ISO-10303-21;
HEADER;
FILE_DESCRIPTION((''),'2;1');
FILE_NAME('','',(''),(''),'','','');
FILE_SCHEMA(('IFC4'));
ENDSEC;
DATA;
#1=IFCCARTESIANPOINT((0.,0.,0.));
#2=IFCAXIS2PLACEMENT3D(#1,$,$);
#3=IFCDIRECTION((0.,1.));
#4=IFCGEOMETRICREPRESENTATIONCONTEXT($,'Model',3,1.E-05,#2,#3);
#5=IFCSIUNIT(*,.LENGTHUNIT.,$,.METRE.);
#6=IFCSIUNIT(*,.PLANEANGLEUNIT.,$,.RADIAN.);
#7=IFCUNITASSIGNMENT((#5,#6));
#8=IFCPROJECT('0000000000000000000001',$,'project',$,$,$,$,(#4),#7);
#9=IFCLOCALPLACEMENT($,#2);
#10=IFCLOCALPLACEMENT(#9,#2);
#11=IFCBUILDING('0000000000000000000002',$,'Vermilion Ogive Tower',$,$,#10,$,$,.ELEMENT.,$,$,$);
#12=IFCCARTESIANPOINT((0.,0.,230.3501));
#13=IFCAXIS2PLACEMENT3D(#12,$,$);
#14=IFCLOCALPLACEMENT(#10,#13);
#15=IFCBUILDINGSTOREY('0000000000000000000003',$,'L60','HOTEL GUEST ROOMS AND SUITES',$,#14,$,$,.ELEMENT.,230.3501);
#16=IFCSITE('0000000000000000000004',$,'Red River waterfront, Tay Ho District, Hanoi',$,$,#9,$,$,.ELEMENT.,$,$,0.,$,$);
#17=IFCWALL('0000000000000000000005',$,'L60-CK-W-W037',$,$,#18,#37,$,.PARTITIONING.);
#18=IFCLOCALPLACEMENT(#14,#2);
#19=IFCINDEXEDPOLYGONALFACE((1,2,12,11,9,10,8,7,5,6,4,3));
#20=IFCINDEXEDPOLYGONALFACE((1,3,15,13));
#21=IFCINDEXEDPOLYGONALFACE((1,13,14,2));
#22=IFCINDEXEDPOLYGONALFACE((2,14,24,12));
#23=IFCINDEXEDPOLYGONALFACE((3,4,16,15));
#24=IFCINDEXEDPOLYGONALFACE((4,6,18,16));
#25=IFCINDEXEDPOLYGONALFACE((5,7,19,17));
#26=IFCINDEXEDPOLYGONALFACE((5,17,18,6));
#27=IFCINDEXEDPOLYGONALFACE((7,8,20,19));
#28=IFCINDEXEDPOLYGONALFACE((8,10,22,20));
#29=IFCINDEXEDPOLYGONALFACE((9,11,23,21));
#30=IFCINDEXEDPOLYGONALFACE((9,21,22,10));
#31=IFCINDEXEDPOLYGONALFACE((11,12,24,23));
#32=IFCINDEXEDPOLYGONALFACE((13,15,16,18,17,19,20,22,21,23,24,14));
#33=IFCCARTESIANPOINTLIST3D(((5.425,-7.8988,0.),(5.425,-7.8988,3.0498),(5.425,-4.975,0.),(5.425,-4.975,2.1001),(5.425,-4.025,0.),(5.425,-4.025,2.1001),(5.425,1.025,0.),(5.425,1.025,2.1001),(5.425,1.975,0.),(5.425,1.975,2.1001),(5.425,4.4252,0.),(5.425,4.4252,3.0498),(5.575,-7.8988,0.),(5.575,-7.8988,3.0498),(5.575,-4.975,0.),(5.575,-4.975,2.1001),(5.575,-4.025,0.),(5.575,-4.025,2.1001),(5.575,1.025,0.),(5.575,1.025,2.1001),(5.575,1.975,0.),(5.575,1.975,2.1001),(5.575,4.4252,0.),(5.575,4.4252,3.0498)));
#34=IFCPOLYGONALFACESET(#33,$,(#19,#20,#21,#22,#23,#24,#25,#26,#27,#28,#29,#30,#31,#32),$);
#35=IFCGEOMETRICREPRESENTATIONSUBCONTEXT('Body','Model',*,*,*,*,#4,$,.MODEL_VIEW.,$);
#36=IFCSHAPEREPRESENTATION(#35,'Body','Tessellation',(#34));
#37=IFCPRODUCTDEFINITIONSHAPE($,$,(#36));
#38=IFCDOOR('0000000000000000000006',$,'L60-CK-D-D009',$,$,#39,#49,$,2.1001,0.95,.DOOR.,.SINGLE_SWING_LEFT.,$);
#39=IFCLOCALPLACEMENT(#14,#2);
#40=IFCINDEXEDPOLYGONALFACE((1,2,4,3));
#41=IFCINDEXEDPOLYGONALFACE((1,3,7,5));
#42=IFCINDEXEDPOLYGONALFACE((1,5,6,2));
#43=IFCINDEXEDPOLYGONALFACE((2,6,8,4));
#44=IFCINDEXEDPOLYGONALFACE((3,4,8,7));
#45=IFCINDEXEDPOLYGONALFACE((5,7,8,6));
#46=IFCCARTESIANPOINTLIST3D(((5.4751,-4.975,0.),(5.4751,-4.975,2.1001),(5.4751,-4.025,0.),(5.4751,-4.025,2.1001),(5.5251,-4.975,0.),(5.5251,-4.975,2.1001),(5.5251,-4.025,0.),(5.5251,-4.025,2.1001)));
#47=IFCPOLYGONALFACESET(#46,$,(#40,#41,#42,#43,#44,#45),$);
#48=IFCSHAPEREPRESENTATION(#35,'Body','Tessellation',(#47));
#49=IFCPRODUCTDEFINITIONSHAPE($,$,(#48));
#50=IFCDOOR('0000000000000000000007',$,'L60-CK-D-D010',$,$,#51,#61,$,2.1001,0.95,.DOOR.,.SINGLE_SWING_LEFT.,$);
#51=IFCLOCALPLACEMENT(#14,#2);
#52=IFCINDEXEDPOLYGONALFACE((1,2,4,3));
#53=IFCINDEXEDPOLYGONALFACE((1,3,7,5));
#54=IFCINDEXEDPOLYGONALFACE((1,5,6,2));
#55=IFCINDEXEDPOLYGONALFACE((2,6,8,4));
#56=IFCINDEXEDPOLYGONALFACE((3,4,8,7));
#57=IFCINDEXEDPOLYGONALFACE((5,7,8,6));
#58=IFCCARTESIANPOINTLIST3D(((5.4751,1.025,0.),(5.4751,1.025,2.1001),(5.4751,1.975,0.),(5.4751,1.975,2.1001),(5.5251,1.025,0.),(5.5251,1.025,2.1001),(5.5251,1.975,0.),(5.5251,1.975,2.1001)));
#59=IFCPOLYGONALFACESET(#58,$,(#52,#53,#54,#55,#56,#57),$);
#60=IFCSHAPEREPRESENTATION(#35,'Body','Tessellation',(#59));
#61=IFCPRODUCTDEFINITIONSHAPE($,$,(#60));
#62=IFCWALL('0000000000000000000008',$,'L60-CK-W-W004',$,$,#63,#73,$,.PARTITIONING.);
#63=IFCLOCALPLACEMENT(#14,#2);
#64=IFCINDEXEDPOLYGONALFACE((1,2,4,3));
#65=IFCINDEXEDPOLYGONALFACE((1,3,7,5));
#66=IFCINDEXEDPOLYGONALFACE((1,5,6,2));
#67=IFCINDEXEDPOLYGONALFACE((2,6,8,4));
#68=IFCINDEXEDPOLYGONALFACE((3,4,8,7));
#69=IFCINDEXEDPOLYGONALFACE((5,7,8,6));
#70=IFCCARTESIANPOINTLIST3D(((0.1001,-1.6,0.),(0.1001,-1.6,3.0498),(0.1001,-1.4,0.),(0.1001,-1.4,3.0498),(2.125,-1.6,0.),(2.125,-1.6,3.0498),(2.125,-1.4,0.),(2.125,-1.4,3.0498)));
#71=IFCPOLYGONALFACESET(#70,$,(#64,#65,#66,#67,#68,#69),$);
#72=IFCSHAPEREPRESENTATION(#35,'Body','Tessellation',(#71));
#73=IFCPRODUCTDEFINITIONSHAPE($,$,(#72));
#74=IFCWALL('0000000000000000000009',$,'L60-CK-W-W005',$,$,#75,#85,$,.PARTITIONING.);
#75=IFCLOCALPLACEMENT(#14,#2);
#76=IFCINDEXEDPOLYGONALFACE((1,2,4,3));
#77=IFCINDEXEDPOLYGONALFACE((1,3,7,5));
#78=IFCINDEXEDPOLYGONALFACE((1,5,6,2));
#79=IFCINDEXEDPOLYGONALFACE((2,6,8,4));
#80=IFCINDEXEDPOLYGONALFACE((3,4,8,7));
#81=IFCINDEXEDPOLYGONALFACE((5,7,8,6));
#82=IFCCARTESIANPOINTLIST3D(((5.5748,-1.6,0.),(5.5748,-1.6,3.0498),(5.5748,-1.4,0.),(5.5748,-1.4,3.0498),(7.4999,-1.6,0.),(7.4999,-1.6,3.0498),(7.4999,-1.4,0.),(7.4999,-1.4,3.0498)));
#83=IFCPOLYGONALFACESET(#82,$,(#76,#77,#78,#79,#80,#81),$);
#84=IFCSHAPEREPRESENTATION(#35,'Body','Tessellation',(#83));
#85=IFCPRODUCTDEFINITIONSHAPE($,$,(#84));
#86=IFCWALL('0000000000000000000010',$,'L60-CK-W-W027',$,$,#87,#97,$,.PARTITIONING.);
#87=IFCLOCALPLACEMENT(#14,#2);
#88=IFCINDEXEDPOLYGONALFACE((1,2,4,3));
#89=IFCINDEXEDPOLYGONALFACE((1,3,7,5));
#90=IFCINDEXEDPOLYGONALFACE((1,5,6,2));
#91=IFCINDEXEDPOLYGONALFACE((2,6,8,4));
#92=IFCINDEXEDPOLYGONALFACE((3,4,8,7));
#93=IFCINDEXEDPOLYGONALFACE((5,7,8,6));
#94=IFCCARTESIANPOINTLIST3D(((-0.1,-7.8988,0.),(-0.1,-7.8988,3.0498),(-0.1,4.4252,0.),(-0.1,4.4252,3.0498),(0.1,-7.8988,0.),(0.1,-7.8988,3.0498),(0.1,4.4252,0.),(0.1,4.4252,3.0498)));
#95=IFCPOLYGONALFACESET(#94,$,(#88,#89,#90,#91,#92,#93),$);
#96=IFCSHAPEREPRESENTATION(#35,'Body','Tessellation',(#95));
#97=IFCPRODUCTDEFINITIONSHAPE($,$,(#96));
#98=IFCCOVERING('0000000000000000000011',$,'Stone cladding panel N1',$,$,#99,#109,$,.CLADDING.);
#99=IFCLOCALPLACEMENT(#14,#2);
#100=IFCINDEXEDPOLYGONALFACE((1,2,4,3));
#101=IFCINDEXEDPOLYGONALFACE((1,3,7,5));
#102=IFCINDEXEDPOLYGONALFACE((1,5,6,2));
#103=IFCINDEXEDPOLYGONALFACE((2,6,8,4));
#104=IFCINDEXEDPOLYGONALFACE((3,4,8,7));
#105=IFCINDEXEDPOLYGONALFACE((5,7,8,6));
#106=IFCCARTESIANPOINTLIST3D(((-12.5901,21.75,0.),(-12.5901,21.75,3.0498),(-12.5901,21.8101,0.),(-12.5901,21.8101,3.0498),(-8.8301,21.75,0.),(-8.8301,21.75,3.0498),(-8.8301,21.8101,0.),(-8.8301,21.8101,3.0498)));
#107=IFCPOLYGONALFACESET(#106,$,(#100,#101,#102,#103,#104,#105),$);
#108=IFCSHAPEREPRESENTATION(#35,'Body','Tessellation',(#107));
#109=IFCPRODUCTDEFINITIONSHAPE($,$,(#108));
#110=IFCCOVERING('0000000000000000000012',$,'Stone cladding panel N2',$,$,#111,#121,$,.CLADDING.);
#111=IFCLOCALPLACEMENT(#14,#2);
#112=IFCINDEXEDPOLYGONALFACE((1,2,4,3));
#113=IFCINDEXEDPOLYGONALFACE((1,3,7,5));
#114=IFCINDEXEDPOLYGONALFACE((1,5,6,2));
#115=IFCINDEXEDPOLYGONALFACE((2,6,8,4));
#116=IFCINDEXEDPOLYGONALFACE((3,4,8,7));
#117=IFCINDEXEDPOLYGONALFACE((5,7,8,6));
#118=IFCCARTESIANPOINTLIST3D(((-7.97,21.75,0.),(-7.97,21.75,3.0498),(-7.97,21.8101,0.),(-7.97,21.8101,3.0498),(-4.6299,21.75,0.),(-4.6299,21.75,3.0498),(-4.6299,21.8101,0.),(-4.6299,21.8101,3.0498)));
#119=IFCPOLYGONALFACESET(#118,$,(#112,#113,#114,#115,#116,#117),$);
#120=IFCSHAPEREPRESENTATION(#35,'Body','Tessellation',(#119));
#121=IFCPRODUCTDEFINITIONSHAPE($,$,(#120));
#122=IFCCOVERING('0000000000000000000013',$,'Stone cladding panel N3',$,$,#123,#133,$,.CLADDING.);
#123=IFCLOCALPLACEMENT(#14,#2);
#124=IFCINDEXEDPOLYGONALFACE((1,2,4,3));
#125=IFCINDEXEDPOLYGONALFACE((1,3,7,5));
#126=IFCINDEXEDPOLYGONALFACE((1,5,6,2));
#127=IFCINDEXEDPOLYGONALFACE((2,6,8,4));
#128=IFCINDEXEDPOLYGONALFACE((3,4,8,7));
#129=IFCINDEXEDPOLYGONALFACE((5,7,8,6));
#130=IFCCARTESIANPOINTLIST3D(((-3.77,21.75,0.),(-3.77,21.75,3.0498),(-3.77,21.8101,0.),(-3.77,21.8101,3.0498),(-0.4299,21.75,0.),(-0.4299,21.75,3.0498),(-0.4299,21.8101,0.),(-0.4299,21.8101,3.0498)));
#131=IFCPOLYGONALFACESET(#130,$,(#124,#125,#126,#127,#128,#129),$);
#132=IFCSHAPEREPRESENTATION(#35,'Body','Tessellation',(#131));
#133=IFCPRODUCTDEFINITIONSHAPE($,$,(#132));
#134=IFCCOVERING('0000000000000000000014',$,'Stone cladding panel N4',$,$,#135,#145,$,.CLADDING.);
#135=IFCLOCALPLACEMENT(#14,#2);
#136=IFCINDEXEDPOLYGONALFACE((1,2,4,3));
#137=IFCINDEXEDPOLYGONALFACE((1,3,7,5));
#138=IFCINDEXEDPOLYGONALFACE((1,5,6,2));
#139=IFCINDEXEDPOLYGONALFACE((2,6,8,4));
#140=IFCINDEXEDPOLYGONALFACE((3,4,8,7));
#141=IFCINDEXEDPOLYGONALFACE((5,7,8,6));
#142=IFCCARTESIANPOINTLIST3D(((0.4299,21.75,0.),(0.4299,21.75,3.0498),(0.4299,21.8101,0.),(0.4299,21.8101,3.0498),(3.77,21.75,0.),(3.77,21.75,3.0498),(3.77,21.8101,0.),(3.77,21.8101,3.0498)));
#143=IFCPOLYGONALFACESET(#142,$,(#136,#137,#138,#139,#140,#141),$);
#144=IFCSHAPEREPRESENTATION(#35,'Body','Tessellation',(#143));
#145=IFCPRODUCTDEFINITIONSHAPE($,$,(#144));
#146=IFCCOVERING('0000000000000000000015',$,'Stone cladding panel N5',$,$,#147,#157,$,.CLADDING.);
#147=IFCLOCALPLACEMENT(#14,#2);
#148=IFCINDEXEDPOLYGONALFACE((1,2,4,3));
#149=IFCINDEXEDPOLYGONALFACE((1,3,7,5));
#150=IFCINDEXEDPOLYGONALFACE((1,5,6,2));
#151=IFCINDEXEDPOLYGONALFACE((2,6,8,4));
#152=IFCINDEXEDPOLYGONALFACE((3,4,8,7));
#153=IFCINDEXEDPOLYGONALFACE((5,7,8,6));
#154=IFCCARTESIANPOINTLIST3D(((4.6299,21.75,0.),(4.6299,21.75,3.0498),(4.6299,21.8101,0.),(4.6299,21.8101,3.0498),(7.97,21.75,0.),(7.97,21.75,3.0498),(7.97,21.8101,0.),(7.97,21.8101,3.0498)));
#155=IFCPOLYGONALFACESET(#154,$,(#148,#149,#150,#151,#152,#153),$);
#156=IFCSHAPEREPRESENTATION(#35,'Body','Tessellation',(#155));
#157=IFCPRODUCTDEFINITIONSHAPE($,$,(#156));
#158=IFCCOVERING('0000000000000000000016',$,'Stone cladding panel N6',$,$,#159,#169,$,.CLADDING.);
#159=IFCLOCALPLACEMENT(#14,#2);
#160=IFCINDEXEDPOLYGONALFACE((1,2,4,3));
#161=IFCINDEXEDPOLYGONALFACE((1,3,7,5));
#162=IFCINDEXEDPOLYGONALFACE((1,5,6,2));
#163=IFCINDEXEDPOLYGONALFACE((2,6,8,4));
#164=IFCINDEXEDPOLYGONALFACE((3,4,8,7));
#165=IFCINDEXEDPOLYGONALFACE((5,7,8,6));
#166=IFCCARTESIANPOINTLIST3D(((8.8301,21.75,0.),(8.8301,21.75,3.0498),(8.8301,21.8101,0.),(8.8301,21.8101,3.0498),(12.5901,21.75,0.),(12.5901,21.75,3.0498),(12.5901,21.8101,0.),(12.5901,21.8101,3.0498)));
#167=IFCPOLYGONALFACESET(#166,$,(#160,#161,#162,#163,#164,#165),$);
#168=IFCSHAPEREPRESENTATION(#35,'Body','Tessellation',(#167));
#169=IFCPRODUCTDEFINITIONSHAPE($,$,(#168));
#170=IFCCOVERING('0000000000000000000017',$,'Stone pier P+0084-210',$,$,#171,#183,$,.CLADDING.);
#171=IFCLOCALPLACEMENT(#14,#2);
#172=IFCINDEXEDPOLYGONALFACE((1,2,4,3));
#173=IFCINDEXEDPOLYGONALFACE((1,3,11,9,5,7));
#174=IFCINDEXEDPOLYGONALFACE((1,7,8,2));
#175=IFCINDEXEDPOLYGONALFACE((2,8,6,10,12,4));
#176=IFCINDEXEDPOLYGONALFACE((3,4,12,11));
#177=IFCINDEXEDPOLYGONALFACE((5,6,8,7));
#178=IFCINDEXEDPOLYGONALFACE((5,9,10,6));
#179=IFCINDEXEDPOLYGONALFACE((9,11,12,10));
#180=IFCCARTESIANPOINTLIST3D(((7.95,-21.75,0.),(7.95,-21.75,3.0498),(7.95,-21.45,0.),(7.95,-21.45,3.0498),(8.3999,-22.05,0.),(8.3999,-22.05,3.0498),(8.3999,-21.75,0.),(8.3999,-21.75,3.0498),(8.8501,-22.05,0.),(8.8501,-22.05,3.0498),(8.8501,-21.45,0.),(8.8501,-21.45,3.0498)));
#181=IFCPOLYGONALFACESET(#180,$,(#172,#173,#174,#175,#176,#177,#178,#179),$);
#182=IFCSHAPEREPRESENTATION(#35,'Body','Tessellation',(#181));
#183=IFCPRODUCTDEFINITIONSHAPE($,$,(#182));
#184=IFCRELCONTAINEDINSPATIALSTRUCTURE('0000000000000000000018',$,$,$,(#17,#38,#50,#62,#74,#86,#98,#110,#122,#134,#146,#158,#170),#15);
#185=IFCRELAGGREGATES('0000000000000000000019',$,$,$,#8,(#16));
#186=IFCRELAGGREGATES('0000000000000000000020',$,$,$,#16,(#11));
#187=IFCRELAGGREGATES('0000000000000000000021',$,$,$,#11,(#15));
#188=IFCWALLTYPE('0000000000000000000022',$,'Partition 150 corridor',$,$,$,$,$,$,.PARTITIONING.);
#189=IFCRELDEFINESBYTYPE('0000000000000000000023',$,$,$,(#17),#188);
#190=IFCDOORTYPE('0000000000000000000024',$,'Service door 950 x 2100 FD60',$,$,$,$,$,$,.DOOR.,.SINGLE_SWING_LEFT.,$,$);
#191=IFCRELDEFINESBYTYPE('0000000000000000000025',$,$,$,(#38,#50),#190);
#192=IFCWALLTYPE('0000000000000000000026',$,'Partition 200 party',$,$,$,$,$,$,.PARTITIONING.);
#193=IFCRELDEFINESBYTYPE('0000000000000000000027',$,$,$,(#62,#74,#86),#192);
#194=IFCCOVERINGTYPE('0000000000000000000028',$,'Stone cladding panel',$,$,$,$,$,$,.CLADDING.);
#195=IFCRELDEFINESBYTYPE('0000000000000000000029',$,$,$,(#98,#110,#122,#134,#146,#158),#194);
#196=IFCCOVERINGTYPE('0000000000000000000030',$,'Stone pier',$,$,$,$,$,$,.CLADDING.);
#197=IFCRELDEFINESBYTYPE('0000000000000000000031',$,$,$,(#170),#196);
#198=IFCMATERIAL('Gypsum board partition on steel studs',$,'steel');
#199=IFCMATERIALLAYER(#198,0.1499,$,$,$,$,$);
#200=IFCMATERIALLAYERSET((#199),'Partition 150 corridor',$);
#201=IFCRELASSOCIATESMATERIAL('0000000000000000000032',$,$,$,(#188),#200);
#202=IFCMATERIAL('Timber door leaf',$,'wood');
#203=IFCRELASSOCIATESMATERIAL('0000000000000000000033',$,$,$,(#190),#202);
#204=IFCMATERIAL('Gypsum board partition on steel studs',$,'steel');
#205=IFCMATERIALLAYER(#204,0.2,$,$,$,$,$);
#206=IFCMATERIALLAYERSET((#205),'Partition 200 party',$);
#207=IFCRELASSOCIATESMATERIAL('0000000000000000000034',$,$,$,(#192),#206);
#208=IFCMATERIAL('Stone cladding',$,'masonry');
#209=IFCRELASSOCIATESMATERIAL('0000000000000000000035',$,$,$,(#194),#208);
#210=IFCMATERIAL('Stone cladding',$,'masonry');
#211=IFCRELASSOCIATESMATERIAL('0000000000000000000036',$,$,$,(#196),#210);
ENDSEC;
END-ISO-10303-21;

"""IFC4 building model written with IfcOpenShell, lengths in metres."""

from ifc_helpers import new_model, si_unit, direction, frame, frame_2d, origin, place, context, subcontext, project, spatial, polyline, rectangle, outline, extrude, material, layer, layer_set, type_object, element, fill, save


model = new_model("IFC4")

# Units and contexts
model_context = context("Model", 3, precision=1e-05, world=origin(), true_north=direction((0.0, 1.0)))
body_context = subcontext(model_context, "Body", "Model", "MODEL_VIEW")
ifc_project = project(units=[si_unit("LENGTHUNIT", "METRE"), si_unit("PLANEANGLEUNIT", "RADIAN")], contexts=[model_context])

# Site, building, storey
site_placement = place(None, origin())
site = spatial("IfcSite", under=ifc_project, at=site_placement, Name="Red River waterfront, Tay Ho District, Hanoi", CompositionType="ELEMENT", RefElevation=0.0)
building_placement = place(site_placement, origin())
building = spatial("IfcBuilding", under=site, at=building_placement, Name="Vermilion Ogive Tower", CompositionType="ELEMENT")
storey_placement = place(building_placement, frame((0.0, 0.0, 230.3501)))
storey = spatial("IfcBuildingStorey", under=building, at=storey_placement, Name="L60", Description="HOTEL GUEST ROOMS AND SUITES", CompositionType="ELEMENT", Elevation=230.3501)

# Shared definitions
ifc_material_1 = material(Name="Gypsum board partition on steel studs", Category="steel")
ifc_layer_1 = layer(ifc_material_1, 0.1499)
ifc_layer_set_1 = layer_set([ifc_layer_1], Name="Partition 150 corridor")
wall_type_1 = type_object("IfcWallType", Name="Partition 150 corridor", PredefinedType="PARTITIONING", material=ifc_layer_set_1)

# Wall, openings, doors
ifc_material_2 = material(Name="Timber door leaf", Category="wood")
door_type_1 = type_object("IfcDoorType", Name="Service door 950 x 2100 FD60", OperationType="SINGLE_SWING_LEFT", PredefinedType="DOOR", material=ifc_material_2)
wall_1_placement = place(storey_placement, frame((5.5, -7.8989, 0.0), z_axis=(0.0, 0.0, 1.0), x_axis=(0.0, 1.0, 0.0)))
wall_1 = element("IfcWall", 1, at=wall_1_placement, inside=storey, type_object=wall_type_1, Name="L60-CK-W-W037", PredefinedType="PARTITIONING", context=body_context, shape_type="SweptSolid", body=[
    extrude(rectangle(XDim=12.324, YDim=0.1499, at=frame_2d((6.1621, 0.0))), origin(), (0.0, 0.0, 1.0), 3.0498),
])
opening_1_placement = place(wall_1_placement, frame((2.9238, 0.0, 0.0)))
opening_1 = element("IfcOpeningElement", 2, at=opening_1_placement, cuts=wall_1, PredefinedType="OPENING", context=body_context, shape_type="SweptSolid", body=[
    extrude(rectangle(XDim=0.95, YDim=2.1001, at=frame_2d((0.4751, 1.05))), frame((0.0, 0.085, 0.0), z_axis=(0.0, -1.0, 0.0), x_axis=(1.0, 0.0, 0.0)), (0.0, 0.0, 1.0), 0.1699),
])
opening_2_placement = place(wall_1_placement, frame((8.9238, 0.0, 0.0)))
opening_2 = element("IfcOpeningElement", 3, at=opening_2_placement, cuts=wall_1, PredefinedType="OPENING", context=body_context, shape_type="SweptSolid", body=[
    extrude(rectangle(XDim=0.95, YDim=2.1001, at=frame_2d((0.4751, 1.05))), frame((0.0, 0.085, 0.0), z_axis=(0.0, -1.0, 0.0), x_axis=(1.0, 0.0, 0.0)), (0.0, 0.0, 1.0), 0.1699),
])
door_1_placement = place(opening_1_placement, origin())
door_1 = element("IfcDoor", 4, at=door_1_placement, inside=storey, type_object=door_type_1, Name="L60-CK-D-D009", OperationType="SINGLE_SWING_LEFT", OverallHeight=2.1001, OverallWidth=0.95, PredefinedType="DOOR", context=body_context, shape_type="SweptSolid", body=[
    extrude(rectangle(XDim=0.95, YDim=2.1001, at=frame_2d((0.4751, 1.05))), frame((0.0, 0.0249, 0.0), z_axis=(0.0, -1.0, 0.0), x_axis=(1.0, 0.0, 0.0)), (0.0, 0.0, 1.0), 0.05),
])
fill(opening_1, door_1)
door_2_placement = place(opening_2_placement, origin())
door_2 = element("IfcDoor", 5, at=door_2_placement, inside=storey, type_object=door_type_1, Name="L60-CK-D-D010", OperationType="SINGLE_SWING_LEFT", OverallHeight=2.1001, OverallWidth=0.95, PredefinedType="DOOR", context=body_context, shape_type="SweptSolid", body=[
    extrude(rectangle(XDim=0.95, YDim=2.1001, at=frame_2d((0.4751, 1.05))), frame((0.0, 0.0249, 0.0), z_axis=(0.0, -1.0, 0.0), x_axis=(1.0, 0.0, 0.0)), (0.0, 0.0, 1.0), 0.05),
])
fill(opening_2, door_2)

# Walls
ifc_material_3 = material(Name="Gypsum board partition on steel studs", Category="steel")
ifc_layer_2 = layer(ifc_material_3, 0.2)
ifc_layer_set_2 = layer_set([ifc_layer_2], Name="Partition 200 party")
wall_type_2 = type_object("IfcWallType", Name="Partition 200 party", PredefinedType="PARTITIONING", material=ifc_layer_set_2)
wall_2_placement = place(storey_placement, frame((0.1001, -1.5, 0.0), z_axis=(0.0, 0.0, 1.0), x_axis=(1.0, 0.0, 0.0)))
element("IfcWall", 6, at=wall_2_placement, inside=storey, type_object=wall_type_2, Name="L60-CK-W-W004", PredefinedType="PARTITIONING", context=body_context, shape_type="SweptSolid", body=[
    extrude(rectangle(XDim=2.0249, YDim=0.2, at=frame_2d((1.0125, 0.0))), origin(), (0.0, 0.0, 1.0), 3.0498),
])
wall_3_placement = place(storey_placement, frame((5.575, -1.5, 0.0), z_axis=(0.0, 0.0, 1.0), x_axis=(1.0, 0.0, 0.0)))
element("IfcWall", 7, at=wall_3_placement, inside=storey, type_object=wall_type_2, Name="L60-CK-W-W005", PredefinedType="PARTITIONING", context=body_context, shape_type="SweptSolid", body=[
    extrude(rectangle(XDim=1.925, YDim=0.2, at=frame_2d((0.9624, 0.0))), origin(), (0.0, 0.0, 1.0), 3.0498),
])
wall_4_placement = place(storey_placement, frame((0.0, -7.8989, 0.0), z_axis=(0.0, 0.0, 1.0), x_axis=(0.0, 1.0, 0.0)))
element("IfcWall", 8, at=wall_4_placement, inside=storey, type_object=wall_type_2, Name="L60-CK-W-W027", PredefinedType="PARTITIONING", context=body_context, shape_type="SweptSolid", body=[
    extrude(rectangle(XDim=12.324, YDim=0.2, at=frame_2d((6.1621, 0.0))), origin(), (0.0, 0.0, 1.0), 3.0498),
])

# Coverings
ifc_material_4 = material(Name="Stone cladding", Category="masonry")
covering_type_1 = type_object("IfcCoveringType", Name="Stone cladding panel", PredefinedType="CLADDING", material=ifc_material_4)
covering_1_placement = place(storey_placement, origin())
element("IfcCovering", 9, at=covering_1_placement, inside=storey, type_object=covering_type_1, Name="Stone cladding panel N1", PredefinedType="CLADDING", context=body_context, shape_type="SweptSolid", body=[
    extrude(outline(polyline([(-12.5901, 21.75), (-8.8301, 21.75), (-8.8301, 21.8101), (-12.5901, 21.8101), (-12.5901, 21.75)])), origin(), (0.0, 0.0, 1.0), 3.0498),
])
covering_2_placement = place(storey_placement, origin())
element("IfcCovering", 10, at=covering_2_placement, inside=storey, type_object=covering_type_1, Name="Stone cladding panel N2", PredefinedType="CLADDING", context=body_context, shape_type="SweptSolid", body=[
    extrude(outline(polyline([(-7.97, 21.75), (-4.6299, 21.75), (-4.6299, 21.8101), (-7.97, 21.8101), (-7.97, 21.75)])), origin(), (0.0, 0.0, 1.0), 3.0498),
])
covering_3_placement = place(storey_placement, origin())
element("IfcCovering", 11, at=covering_3_placement, inside=storey, type_object=covering_type_1, Name="Stone cladding panel N3", PredefinedType="CLADDING", context=body_context, shape_type="SweptSolid", body=[
    extrude(outline(polyline([(-3.77, 21.75), (-0.4299, 21.75), (-0.4299, 21.8101), (-3.77, 21.8101), (-3.77, 21.75)])), origin(), (0.0, 0.0, 1.0), 3.0498),
])
covering_4_placement = place(storey_placement, origin())
element("IfcCovering", 12, at=covering_4_placement, inside=storey, type_object=covering_type_1, Name="Stone cladding panel N4", PredefinedType="CLADDING", context=body_context, shape_type="SweptSolid", body=[
    extrude(outline(polyline([(0.4299, 21.75), (3.77, 21.75), (3.77, 21.8101), (0.4299, 21.8101), (0.4299, 21.75)])), origin(), (0.0, 0.0, 1.0), 3.0498),
])
covering_5_placement = place(storey_placement, origin())
element("IfcCovering", 13, at=covering_5_placement, inside=storey, type_object=covering_type_1, Name="Stone cladding panel N5", PredefinedType="CLADDING", context=body_context, shape_type="SweptSolid", body=[
    extrude(outline(polyline([(4.6299, 21.75), (7.97, 21.75), (7.97, 21.8101), (4.6299, 21.8101), (4.6299, 21.75)])), origin(), (0.0, 0.0, 1.0), 3.0498),
])
covering_6_placement = place(storey_placement, origin())
element("IfcCovering", 14, at=covering_6_placement, inside=storey, type_object=covering_type_1, Name="Stone cladding panel N6", PredefinedType="CLADDING", context=body_context, shape_type="SweptSolid", body=[
    extrude(outline(polyline([(8.8301, 21.75), (12.5901, 21.75), (12.5901, 21.8101), (8.8301, 21.8101), (8.8301, 21.75)])), origin(), (0.0, 0.0, 1.0), 3.0498),
])
ifc_material_5 = material(Name="Stone cladding", Category="masonry")
covering_type_2 = type_object("IfcCoveringType", Name="Stone pier", PredefinedType="CLADDING", material=ifc_material_5)
covering_7_placement = place(storey_placement, origin())
element("IfcCovering", 15, at=covering_7_placement, inside=storey, type_object=covering_type_2, Name="Stone pier P+0084-210", PredefinedType="CLADDING", context=body_context, shape_type="SweptSolid", body=[
    extrude(outline(polyline([(8.8501, -21.45), (8.8501, -22.05), (8.3999, -22.05), (8.3999, -21.75), (7.95, -21.75), (7.95, -21.45), (7.95, -21.45), (8.8501, -21.45)])), origin(), (0.0, 0.0, 1.0), 3.0498),
])

save(model, "model.ifc")
